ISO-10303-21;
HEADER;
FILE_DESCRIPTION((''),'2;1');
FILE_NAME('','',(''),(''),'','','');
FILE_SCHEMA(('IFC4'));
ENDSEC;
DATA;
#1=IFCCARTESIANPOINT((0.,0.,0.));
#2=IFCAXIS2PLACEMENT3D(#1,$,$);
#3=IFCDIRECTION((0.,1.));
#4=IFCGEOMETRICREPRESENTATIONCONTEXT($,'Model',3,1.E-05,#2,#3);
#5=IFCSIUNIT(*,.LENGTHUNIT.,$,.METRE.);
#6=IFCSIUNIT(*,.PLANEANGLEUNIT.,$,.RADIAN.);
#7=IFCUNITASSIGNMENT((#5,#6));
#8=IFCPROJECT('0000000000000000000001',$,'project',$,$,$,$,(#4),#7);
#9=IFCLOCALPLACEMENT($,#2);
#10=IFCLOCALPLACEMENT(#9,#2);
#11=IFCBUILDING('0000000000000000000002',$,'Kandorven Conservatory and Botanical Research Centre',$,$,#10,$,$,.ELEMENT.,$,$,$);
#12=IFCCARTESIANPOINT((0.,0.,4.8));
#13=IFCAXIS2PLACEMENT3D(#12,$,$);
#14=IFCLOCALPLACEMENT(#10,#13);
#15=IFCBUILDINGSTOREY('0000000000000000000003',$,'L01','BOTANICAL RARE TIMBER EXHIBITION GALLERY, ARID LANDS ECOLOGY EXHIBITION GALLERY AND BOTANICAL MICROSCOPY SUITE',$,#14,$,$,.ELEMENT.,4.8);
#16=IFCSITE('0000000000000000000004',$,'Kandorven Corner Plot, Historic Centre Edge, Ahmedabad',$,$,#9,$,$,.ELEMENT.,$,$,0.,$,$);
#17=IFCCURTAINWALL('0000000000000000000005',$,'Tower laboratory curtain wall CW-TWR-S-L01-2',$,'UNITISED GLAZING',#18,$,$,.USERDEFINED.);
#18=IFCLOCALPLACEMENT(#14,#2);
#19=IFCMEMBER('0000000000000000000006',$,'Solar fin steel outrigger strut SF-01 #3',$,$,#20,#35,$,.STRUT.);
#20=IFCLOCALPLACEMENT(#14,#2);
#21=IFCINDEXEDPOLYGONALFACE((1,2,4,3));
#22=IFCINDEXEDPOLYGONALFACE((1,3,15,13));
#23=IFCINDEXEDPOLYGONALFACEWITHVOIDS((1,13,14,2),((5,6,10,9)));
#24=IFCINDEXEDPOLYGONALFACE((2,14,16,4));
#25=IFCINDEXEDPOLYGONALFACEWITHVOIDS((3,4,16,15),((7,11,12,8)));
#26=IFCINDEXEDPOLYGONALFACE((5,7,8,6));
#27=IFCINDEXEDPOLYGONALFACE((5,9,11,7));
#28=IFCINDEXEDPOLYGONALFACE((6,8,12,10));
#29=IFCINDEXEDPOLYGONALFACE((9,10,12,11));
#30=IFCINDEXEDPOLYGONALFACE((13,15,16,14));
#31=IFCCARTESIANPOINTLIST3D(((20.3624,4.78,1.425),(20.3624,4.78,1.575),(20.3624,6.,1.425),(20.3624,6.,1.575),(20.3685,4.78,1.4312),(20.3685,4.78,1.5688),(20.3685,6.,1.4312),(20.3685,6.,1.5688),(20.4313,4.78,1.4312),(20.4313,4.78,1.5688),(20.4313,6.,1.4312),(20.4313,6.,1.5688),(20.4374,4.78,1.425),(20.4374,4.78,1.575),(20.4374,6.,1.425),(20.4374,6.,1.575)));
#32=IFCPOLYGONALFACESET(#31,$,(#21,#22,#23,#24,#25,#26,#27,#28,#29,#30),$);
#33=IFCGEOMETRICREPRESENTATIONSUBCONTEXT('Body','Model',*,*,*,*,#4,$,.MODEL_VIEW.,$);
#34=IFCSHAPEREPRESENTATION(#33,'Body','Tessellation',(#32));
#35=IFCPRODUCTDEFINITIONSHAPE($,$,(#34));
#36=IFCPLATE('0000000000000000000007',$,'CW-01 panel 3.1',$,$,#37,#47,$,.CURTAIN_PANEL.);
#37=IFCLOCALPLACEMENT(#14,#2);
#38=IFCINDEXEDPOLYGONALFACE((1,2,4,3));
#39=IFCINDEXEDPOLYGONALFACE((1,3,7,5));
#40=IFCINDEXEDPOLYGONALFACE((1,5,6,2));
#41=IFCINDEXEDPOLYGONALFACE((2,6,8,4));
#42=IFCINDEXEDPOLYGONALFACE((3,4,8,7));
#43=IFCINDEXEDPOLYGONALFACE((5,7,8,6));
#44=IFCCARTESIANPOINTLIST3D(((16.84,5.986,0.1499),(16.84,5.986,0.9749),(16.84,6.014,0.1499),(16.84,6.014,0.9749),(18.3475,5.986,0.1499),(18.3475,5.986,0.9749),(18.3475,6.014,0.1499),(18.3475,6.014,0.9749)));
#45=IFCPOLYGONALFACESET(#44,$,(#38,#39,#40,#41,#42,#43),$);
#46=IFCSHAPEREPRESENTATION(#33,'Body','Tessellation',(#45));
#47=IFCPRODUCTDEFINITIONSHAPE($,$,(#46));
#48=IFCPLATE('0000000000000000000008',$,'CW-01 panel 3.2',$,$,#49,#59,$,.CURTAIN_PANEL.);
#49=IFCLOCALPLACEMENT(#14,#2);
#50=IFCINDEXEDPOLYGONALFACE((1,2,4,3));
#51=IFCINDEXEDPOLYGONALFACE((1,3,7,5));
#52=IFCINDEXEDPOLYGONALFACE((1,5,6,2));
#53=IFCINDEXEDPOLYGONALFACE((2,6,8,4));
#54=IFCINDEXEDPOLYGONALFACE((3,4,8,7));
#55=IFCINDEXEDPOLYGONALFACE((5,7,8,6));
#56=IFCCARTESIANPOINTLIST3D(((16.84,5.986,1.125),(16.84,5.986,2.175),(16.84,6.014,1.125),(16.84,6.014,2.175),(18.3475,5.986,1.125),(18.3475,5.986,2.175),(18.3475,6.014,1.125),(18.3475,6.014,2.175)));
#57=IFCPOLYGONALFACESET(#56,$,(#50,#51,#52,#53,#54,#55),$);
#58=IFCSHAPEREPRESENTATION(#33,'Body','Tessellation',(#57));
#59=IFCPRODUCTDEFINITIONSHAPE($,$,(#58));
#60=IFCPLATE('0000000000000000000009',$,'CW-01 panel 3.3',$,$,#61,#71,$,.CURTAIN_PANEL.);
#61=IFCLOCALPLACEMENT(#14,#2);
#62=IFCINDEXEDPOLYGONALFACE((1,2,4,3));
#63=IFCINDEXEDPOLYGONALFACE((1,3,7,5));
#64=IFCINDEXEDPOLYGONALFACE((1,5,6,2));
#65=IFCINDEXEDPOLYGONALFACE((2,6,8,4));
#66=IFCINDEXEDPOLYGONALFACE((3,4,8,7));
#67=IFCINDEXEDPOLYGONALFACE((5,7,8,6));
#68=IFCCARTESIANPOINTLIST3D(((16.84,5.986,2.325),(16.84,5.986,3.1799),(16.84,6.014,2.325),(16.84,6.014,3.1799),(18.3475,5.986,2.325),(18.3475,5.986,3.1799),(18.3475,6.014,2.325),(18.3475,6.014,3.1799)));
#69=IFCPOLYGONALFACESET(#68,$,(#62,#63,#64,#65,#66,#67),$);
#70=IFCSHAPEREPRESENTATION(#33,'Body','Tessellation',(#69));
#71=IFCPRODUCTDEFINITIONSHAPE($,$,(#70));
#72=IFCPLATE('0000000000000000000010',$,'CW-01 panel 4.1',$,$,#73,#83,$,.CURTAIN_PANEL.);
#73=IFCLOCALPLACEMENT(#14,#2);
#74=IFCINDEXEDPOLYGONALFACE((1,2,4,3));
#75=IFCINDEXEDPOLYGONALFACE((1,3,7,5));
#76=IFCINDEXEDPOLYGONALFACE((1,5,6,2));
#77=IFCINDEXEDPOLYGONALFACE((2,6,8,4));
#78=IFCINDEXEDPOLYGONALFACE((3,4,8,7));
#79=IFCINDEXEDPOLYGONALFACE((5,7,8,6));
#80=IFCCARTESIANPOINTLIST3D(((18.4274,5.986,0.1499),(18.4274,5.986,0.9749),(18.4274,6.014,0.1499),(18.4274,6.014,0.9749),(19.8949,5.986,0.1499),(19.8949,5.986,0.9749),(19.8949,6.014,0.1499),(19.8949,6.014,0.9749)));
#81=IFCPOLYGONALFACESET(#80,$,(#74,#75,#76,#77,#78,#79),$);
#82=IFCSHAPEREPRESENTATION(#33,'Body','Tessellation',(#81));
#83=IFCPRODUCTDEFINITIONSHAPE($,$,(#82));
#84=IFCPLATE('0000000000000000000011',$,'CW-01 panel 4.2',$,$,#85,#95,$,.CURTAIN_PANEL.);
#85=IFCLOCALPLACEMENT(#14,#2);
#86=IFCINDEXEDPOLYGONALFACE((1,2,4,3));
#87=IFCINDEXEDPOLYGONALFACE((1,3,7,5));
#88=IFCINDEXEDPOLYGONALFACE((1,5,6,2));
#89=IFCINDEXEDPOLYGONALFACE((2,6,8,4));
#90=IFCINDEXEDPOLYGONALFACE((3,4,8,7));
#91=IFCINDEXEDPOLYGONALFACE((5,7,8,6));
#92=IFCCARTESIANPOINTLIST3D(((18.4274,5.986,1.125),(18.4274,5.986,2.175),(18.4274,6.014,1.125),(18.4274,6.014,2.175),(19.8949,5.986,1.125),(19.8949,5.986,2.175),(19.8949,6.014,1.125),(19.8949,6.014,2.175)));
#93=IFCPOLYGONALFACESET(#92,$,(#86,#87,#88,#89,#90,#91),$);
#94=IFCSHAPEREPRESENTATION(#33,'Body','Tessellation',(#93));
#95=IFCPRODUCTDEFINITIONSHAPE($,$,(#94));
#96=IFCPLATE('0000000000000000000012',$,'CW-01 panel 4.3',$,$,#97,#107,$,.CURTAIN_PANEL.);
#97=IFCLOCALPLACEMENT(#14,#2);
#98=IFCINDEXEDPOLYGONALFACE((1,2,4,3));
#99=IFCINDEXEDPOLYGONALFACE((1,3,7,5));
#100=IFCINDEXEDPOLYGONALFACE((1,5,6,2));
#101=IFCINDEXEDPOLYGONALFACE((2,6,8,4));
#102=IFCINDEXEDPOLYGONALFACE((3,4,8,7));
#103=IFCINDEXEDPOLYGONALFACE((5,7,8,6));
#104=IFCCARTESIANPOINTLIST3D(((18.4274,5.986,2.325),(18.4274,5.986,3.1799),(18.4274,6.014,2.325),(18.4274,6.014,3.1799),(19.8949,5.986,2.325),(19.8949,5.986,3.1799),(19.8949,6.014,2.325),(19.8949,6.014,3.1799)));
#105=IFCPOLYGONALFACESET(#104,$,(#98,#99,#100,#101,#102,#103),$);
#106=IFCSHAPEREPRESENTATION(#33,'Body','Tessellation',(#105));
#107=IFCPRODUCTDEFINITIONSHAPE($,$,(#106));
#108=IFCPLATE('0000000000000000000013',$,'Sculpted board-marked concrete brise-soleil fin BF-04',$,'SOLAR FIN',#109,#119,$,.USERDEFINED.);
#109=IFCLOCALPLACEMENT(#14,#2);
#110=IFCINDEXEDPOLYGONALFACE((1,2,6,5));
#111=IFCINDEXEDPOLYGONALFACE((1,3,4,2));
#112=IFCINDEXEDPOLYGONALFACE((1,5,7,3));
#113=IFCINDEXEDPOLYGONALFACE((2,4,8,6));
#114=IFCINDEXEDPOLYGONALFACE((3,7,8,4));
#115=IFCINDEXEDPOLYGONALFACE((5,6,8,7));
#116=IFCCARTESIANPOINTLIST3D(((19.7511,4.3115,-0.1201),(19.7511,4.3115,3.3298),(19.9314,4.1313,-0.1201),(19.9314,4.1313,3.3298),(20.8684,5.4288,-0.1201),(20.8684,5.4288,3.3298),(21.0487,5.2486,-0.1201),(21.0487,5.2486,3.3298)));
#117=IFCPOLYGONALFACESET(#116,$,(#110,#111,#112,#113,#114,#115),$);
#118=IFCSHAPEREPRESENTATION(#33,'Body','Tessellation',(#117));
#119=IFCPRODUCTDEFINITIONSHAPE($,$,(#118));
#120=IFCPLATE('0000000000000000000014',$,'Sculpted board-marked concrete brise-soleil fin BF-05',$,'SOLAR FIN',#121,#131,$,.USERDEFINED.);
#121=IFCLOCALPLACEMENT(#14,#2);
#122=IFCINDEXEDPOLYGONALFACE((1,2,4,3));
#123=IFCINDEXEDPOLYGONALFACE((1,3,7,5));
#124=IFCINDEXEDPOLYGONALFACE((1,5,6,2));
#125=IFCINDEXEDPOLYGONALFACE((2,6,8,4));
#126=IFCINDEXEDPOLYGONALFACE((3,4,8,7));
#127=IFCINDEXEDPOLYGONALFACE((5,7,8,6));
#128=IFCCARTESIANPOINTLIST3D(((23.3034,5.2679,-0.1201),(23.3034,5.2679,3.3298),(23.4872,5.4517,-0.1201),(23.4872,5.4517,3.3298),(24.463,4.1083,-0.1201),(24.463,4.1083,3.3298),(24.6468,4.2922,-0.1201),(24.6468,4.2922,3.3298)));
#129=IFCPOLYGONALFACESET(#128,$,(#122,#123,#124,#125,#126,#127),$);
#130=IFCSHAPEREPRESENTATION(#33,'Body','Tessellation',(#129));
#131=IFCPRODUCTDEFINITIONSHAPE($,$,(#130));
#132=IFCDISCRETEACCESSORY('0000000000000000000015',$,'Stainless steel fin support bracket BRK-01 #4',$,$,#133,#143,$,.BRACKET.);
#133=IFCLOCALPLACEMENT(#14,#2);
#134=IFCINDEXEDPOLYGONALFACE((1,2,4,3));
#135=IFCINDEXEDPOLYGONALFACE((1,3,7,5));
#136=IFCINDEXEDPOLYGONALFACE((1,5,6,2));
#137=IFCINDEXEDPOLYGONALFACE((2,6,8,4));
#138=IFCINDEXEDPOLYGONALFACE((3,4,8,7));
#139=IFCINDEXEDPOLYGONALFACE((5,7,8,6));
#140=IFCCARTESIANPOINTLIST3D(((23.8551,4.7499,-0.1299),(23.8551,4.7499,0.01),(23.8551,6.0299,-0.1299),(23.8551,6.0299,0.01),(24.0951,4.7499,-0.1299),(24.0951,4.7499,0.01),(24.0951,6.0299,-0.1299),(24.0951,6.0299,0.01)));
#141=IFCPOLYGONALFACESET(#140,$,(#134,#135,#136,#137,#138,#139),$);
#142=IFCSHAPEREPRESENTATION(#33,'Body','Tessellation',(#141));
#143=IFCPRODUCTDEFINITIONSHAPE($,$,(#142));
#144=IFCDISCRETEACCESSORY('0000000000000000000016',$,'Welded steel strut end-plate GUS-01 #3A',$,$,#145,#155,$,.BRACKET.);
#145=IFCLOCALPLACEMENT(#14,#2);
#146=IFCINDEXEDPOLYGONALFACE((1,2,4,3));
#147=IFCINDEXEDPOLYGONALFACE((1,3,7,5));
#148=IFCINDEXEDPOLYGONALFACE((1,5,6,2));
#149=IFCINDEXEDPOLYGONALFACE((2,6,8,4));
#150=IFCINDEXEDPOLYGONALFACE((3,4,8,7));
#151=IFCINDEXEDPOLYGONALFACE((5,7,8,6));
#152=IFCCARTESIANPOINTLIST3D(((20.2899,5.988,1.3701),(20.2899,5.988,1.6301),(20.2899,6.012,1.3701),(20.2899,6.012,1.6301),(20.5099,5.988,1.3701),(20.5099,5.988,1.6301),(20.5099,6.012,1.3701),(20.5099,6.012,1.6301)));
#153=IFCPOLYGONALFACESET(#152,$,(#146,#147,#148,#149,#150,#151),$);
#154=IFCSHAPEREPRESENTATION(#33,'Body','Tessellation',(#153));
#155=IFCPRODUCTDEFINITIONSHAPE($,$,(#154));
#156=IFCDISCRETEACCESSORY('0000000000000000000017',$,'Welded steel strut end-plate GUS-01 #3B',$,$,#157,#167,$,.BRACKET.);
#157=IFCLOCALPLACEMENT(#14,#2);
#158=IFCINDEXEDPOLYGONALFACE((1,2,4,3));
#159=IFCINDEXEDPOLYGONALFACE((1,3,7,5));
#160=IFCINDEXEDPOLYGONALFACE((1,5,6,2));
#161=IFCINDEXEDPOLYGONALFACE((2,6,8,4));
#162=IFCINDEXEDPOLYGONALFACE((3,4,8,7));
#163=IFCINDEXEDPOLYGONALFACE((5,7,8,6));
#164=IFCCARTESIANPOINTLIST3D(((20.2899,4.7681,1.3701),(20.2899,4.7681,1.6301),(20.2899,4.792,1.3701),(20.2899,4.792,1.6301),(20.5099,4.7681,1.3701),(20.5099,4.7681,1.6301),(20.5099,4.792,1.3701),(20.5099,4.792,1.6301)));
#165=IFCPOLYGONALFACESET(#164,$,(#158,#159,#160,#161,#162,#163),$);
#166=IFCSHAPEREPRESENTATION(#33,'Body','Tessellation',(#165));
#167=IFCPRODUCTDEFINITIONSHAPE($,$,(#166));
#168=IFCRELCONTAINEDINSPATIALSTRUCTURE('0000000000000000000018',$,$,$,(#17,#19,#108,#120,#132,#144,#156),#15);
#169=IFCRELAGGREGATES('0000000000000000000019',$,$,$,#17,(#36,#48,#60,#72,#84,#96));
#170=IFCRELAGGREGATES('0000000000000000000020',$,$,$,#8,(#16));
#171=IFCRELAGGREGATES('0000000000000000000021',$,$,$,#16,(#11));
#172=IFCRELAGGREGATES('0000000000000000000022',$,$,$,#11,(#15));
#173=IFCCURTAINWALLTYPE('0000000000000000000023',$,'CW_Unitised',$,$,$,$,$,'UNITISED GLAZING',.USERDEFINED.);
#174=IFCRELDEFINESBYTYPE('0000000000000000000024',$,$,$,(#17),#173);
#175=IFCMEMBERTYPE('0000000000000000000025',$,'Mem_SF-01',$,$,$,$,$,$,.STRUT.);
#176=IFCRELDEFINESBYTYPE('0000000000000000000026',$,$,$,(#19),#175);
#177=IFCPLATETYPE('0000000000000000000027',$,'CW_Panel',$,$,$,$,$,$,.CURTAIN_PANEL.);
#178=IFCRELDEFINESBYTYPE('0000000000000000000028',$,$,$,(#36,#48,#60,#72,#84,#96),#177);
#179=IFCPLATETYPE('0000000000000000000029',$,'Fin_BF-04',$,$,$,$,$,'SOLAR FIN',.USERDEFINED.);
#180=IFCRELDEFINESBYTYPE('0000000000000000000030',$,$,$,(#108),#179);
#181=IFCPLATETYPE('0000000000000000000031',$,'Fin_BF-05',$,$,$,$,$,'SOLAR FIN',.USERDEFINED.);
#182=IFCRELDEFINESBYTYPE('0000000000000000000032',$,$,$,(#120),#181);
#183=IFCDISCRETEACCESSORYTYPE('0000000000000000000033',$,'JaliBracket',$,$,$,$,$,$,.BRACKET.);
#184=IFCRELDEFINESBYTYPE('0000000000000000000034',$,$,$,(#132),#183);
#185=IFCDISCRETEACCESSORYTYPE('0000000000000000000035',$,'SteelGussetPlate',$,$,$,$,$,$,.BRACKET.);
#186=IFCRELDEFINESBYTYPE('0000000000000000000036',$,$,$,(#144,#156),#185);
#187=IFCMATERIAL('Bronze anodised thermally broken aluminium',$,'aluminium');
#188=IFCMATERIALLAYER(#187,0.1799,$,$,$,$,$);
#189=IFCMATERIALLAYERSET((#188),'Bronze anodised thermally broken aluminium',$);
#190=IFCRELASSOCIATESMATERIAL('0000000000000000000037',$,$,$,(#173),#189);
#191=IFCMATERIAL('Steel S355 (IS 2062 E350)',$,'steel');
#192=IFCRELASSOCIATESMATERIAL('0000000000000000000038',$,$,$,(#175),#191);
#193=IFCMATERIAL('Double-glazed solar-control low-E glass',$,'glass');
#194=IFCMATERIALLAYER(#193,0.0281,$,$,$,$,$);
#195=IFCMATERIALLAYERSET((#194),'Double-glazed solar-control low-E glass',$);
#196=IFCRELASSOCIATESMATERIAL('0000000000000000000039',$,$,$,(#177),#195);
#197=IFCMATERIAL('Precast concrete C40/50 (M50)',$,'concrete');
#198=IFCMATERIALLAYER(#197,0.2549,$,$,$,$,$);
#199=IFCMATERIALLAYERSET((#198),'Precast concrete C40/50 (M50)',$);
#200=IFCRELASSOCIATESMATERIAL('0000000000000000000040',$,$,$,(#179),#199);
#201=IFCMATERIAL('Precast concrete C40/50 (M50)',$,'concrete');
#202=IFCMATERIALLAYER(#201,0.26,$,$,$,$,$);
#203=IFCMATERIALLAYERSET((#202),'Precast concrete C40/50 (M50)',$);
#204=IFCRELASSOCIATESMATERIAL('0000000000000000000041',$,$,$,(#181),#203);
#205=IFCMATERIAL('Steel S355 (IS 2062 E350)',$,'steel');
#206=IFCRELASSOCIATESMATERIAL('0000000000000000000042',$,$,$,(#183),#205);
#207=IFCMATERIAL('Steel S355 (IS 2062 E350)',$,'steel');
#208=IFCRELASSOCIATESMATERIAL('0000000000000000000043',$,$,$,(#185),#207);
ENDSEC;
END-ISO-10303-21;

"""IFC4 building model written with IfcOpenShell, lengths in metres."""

from ifc_helpers import new_model, si_unit, direction, frame, origin, origin_2d, place, context, subcontext, project, spatial, rectangle, hollow_rectangle, extrude, material, layer, layer_set, material_profile, profile_set, type_object, element, aggregate, save


model = new_model("IFC4")

# Units and contexts
model_context = context("Model", 3, precision=1e-05, world=origin(), true_north=direction((0.0, 1.0)))
body_context = subcontext(model_context, "Body", "Model", "MODEL_VIEW")
ifc_project = project(units=[si_unit("LENGTHUNIT", "METRE"), si_unit("PLANEANGLEUNIT", "RADIAN")], contexts=[model_context])

# Site, building, storey
site_placement = place(None, origin())
site = spatial("IfcSite", under=ifc_project, at=site_placement, Name="Kandorven Corner Plot, Historic Centre Edge, Ahmedabad", CompositionType="ELEMENT", RefElevation=0.0)
building_placement = place(site_placement, origin())
building = spatial("IfcBuilding", under=site, at=building_placement, Name="Kandorven Conservatory and Botanical Research Centre", CompositionType="ELEMENT")
storey_placement = place(building_placement, frame((0.0, 0.0, 4.8)))
storey = spatial("IfcBuildingStorey", under=building, at=storey_placement, Name="L01", Description="BOTANICAL RARE TIMBER EXHIBITION GALLERY, ARID LANDS ECOLOGY EXHIBITION GALLERY AND BOTANICAL MICROSCOPY SUITE", CompositionType="ELEMENT", Elevation=4.8)

# Curtain wall
ifc_material_1 = material(Name="Bronze anodised thermally broken aluminium", Category="aluminium")
ifc_layer_1 = layer(ifc_material_1, 0.1799)
ifc_layer_set_1 = layer_set([ifc_layer_1], Name="Bronze anodised thermally broken aluminium")
curtain_wall_type = type_object("IfcCurtainWallType", Name="CW_Unitised", ElementType="UNITISED GLAZING", PredefinedType="USERDEFINED", material=ifc_layer_set_1)
curtain_wall_1_placement = place(storey_placement, origin())
curtain_wall_1 = element("IfcCurtainWall", 1, at=curtain_wall_1_placement, inside=storey, type_object=curtain_wall_type, Name="Tower laboratory curtain wall CW-TWR-S-L01-2", ObjectType="UNITISED GLAZING", PredefinedType="USERDEFINED")

# Member
ifc_material_2 = material(Name="Steel S355 (IS 2062 E350)", Category="steel")
ifc_material_profile_1 = material_profile(ifc_material_2, hollow_rectangle(XDim=0.075, YDim=0.1499, WallThickness=0.0061, at=origin_2d()))
ifc_profile_set_1 = profile_set([ifc_material_profile_1], Name="Steel S355 (IS 2062 E350)")
member_type_1 = type_object("IfcMemberType", Name="Mem_SF-01", PredefinedType="STRUT", material=ifc_profile_set_1)
member_1_placement = place(storey_placement, frame((20.3999, 6.0, 1.5), z_axis=(0.0, -1.0, 0.0), x_axis=(1.0, 0.0, 0.0)))
element("IfcMember", 2, at=member_1_placement, inside=storey, type_object=member_type_1, Name="Solar fin steel outrigger strut SF-01 #3", PredefinedType="STRUT", context=body_context, shape_type="SweptSolid", body=[
    extrude(hollow_rectangle(XDim=0.075, YDim=0.1499, WallThickness=0.0061, at=origin_2d()), origin(), (0.0, 0.0, 1.0), 1.22),
])

# Plates
ifc_material_3 = material(Name="Double-glazed solar-control low-E glass", Category="glass")
ifc_layer_2 = layer(ifc_material_3, 0.0281)
ifc_layer_set_2 = layer_set([ifc_layer_2], Name="Double-glazed solar-control low-E glass")
plate_type_1 = type_object("IfcPlateType", Name="CW_Panel", PredefinedType="CURTAIN_PANEL", material=ifc_layer_set_2)
plate_1_placement = place(storey_placement, frame((17.5938, 6.0, 0.1499), z_axis=(0.0, 0.0, 1.0), x_axis=(1.0, 0.0, 0.0)))
plate_1 = element("IfcPlate", 3, at=plate_1_placement, type_object=plate_type_1, Name="CW-01 panel 3.1", PredefinedType="CURTAIN_PANEL", context=body_context, shape_type="SweptSolid", body=[
    extrude(rectangle(XDim=1.5076, YDim=0.0281, at=origin_2d()), origin(), (0.0, 0.0, 1.0), 0.825),
])
plate_2_placement = place(storey_placement, frame((17.5938, 6.0, 1.125), z_axis=(0.0, 0.0, 1.0), x_axis=(1.0, 0.0, 0.0)))
plate_2 = element("IfcPlate", 4, at=plate_2_placement, type_object=plate_type_1, Name="CW-01 panel 3.2", PredefinedType="CURTAIN_PANEL", context=body_context, shape_type="SweptSolid", body=[
    extrude(rectangle(XDim=1.5076, YDim=0.0281, at=origin_2d()), origin(), (0.0, 0.0, 1.0), 1.05),
])
plate_3_placement = place(storey_placement, frame((17.5938, 6.0, 2.325), z_axis=(0.0, 0.0, 1.0), x_axis=(1.0, 0.0, 0.0)))
plate_3 = element("IfcPlate", 5, at=plate_3_placement, type_object=plate_type_1, Name="CW-01 panel 3.3", PredefinedType="CURTAIN_PANEL", context=body_context, shape_type="SweptSolid", body=[
    extrude(rectangle(XDim=1.5076, YDim=0.0281, at=origin_2d()), origin(), (0.0, 0.0, 1.0), 0.855),
])
plate_4_placement = place(storey_placement, frame((19.1611, 6.0, 0.1499), z_axis=(0.0, 0.0, 1.0), x_axis=(1.0, 0.0, 0.0)))
plate_4 = element("IfcPlate", 6, at=plate_4_placement, type_object=plate_type_1, Name="CW-01 panel 4.1", PredefinedType="CURTAIN_PANEL", context=body_context, shape_type="SweptSolid", body=[
    extrude(rectangle(XDim=1.4675, YDim=0.0281, at=origin_2d()), origin(), (0.0, 0.0, 1.0), 0.825),
])
plate_5_placement = place(storey_placement, frame((19.1611, 6.0, 1.125), z_axis=(0.0, 0.0, 1.0), x_axis=(1.0, 0.0, 0.0)))
plate_5 = element("IfcPlate", 7, at=plate_5_placement, type_object=plate_type_1, Name="CW-01 panel 4.2", PredefinedType="CURTAIN_PANEL", context=body_context, shape_type="SweptSolid", body=[
    extrude(rectangle(XDim=1.4675, YDim=0.0281, at=origin_2d()), origin(), (0.0, 0.0, 1.0), 1.05),
])
plate_6_placement = place(storey_placement, frame((19.1611, 6.0, 2.325), z_axis=(0.0, 0.0, 1.0), x_axis=(1.0, 0.0, 0.0)))
plate_6 = element("IfcPlate", 8, at=plate_6_placement, type_object=plate_type_1, Name="CW-01 panel 4.3", PredefinedType="CURTAIN_PANEL", context=body_context, shape_type="SweptSolid", body=[
    extrude(rectangle(XDim=1.4675, YDim=0.0281, at=origin_2d()), origin(), (0.0, 0.0, 1.0), 0.855),
])
aggregate(curtain_wall_1, [plate_1, plate_2, plate_3, plate_4, plate_5, plate_6])

# Plates
ifc_material_4 = material(Name="Precast concrete C40/50 (M50)", Category="concrete")
ifc_layer_3 = layer(ifc_material_4, 0.2549)
ifc_layer_set_3 = layer_set([ifc_layer_3], Name="Precast concrete C40/50 (M50)")
plate_type_2 = type_object("IfcPlateType", Name="Fin_BF-04", ElementType="SOLAR FIN", PredefinedType="USERDEFINED", material=ifc_layer_set_3)
plate_7_placement = place(storey_placement, frame((20.3999, 4.78, -0.1201), z_axis=(0.0, 0.0, 1.0), x_axis=(0.707107, 0.707107, 0.0)))
element("IfcPlate", 9, at=plate_7_placement, inside=storey, type_object=plate_type_2, Name="Sculpted board-marked concrete brise-soleil fin BF-04", ObjectType="SOLAR FIN", PredefinedType="USERDEFINED", context=body_context, shape_type="SweptSolid", body=[
    extrude(rectangle(XDim=1.5801, YDim=0.2549, at=origin_2d()), origin(), (0.0, 0.0, 1.0), 3.45),
])
ifc_material_5 = material(Name="Precast concrete C40/50 (M50)", Category="concrete")
ifc_layer_4 = layer(ifc_material_5, 0.26)
ifc_layer_set_4 = layer_set([ifc_layer_4], Name="Precast concrete C40/50 (M50)")
plate_type_3 = type_object("IfcPlateType", Name="Fin_BF-05", ElementType="SOLAR FIN", PredefinedType="USERDEFINED", material=ifc_layer_set_4)
plate_8_placement = place(storey_placement, frame((23.9751, 4.78, -0.1201), z_axis=(0.0, 0.0, 1.0), x_axis=(-0.707107, 0.707107, 0.0)))
element("IfcPlate", 10, at=plate_8_placement, inside=storey, type_object=plate_type_3, Name="Sculpted board-marked concrete brise-soleil fin BF-05", ObjectType="SOLAR FIN", PredefinedType="USERDEFINED", context=body_context, shape_type="SweptSolid", body=[
    extrude(rectangle(XDim=1.6399, YDim=0.26, at=origin_2d()), origin(), (0.0, 0.0, 1.0), 3.45),
])

# Discrete accessories
ifc_material_6 = material(Name="Steel S355 (IS 2062 E350)", Category="steel")
discrete_accessory_type_1 = type_object("IfcDiscreteAccessoryType", Name="JaliBracket", PredefinedType="BRACKET", material=ifc_material_6)
discrete_accessory_placement = place(storey_placement, frame((23.9751, 5.3899, -0.1299), z_axis=(0.0, 0.0, 1.0), x_axis=(1.0, 0.0, 0.0)))
element("IfcDiscreteAccessory", 11, at=discrete_accessory_placement, inside=storey, type_object=discrete_accessory_type_1, Name="Stainless steel fin support bracket BRK-01 #4", PredefinedType="BRACKET", context=body_context, shape_type="SweptSolid", body=[
    extrude(rectangle(XDim=0.24, YDim=1.28, at=origin_2d()), origin(), (0.0, 0.0, 1.0), 0.1399),
])
ifc_material_7 = material(Name="Steel S355 (IS 2062 E350)", Category="steel")
discrete_accessory_type_2 = type_object("IfcDiscreteAccessoryType", Name="SteelGussetPlate", PredefinedType="BRACKET", material=ifc_material_7)
for number, where, z_axis, x_axis, name in (
    (12, (20.3999, 6.0, 1.3701), (0.0, 0.0, 1.0), (1.0, 0.0, 0.0), "Welded steel strut end-plate GUS-01 #3A"),
    (13, (20.3999, 4.78, 1.3701), (0.0, 0.0, 1.0), (1.0, 0.0, 0.0), "Welded steel strut end-plate GUS-01 #3B"),
):
    element("IfcDiscreteAccessory", number, at=place(storey_placement, frame(where, z_axis=z_axis, x_axis=x_axis)), inside=storey, type_object=discrete_accessory_type_2, Name=name, PredefinedType="BRACKET", context=body_context, shape_type="SweptSolid", body=[
        extrude(rectangle(XDim=0.22, YDim=0.0239, at=origin_2d()), origin(), (0.0, 0.0, 1.0), 0.26),
    ])

save(model, "model.ifc")
